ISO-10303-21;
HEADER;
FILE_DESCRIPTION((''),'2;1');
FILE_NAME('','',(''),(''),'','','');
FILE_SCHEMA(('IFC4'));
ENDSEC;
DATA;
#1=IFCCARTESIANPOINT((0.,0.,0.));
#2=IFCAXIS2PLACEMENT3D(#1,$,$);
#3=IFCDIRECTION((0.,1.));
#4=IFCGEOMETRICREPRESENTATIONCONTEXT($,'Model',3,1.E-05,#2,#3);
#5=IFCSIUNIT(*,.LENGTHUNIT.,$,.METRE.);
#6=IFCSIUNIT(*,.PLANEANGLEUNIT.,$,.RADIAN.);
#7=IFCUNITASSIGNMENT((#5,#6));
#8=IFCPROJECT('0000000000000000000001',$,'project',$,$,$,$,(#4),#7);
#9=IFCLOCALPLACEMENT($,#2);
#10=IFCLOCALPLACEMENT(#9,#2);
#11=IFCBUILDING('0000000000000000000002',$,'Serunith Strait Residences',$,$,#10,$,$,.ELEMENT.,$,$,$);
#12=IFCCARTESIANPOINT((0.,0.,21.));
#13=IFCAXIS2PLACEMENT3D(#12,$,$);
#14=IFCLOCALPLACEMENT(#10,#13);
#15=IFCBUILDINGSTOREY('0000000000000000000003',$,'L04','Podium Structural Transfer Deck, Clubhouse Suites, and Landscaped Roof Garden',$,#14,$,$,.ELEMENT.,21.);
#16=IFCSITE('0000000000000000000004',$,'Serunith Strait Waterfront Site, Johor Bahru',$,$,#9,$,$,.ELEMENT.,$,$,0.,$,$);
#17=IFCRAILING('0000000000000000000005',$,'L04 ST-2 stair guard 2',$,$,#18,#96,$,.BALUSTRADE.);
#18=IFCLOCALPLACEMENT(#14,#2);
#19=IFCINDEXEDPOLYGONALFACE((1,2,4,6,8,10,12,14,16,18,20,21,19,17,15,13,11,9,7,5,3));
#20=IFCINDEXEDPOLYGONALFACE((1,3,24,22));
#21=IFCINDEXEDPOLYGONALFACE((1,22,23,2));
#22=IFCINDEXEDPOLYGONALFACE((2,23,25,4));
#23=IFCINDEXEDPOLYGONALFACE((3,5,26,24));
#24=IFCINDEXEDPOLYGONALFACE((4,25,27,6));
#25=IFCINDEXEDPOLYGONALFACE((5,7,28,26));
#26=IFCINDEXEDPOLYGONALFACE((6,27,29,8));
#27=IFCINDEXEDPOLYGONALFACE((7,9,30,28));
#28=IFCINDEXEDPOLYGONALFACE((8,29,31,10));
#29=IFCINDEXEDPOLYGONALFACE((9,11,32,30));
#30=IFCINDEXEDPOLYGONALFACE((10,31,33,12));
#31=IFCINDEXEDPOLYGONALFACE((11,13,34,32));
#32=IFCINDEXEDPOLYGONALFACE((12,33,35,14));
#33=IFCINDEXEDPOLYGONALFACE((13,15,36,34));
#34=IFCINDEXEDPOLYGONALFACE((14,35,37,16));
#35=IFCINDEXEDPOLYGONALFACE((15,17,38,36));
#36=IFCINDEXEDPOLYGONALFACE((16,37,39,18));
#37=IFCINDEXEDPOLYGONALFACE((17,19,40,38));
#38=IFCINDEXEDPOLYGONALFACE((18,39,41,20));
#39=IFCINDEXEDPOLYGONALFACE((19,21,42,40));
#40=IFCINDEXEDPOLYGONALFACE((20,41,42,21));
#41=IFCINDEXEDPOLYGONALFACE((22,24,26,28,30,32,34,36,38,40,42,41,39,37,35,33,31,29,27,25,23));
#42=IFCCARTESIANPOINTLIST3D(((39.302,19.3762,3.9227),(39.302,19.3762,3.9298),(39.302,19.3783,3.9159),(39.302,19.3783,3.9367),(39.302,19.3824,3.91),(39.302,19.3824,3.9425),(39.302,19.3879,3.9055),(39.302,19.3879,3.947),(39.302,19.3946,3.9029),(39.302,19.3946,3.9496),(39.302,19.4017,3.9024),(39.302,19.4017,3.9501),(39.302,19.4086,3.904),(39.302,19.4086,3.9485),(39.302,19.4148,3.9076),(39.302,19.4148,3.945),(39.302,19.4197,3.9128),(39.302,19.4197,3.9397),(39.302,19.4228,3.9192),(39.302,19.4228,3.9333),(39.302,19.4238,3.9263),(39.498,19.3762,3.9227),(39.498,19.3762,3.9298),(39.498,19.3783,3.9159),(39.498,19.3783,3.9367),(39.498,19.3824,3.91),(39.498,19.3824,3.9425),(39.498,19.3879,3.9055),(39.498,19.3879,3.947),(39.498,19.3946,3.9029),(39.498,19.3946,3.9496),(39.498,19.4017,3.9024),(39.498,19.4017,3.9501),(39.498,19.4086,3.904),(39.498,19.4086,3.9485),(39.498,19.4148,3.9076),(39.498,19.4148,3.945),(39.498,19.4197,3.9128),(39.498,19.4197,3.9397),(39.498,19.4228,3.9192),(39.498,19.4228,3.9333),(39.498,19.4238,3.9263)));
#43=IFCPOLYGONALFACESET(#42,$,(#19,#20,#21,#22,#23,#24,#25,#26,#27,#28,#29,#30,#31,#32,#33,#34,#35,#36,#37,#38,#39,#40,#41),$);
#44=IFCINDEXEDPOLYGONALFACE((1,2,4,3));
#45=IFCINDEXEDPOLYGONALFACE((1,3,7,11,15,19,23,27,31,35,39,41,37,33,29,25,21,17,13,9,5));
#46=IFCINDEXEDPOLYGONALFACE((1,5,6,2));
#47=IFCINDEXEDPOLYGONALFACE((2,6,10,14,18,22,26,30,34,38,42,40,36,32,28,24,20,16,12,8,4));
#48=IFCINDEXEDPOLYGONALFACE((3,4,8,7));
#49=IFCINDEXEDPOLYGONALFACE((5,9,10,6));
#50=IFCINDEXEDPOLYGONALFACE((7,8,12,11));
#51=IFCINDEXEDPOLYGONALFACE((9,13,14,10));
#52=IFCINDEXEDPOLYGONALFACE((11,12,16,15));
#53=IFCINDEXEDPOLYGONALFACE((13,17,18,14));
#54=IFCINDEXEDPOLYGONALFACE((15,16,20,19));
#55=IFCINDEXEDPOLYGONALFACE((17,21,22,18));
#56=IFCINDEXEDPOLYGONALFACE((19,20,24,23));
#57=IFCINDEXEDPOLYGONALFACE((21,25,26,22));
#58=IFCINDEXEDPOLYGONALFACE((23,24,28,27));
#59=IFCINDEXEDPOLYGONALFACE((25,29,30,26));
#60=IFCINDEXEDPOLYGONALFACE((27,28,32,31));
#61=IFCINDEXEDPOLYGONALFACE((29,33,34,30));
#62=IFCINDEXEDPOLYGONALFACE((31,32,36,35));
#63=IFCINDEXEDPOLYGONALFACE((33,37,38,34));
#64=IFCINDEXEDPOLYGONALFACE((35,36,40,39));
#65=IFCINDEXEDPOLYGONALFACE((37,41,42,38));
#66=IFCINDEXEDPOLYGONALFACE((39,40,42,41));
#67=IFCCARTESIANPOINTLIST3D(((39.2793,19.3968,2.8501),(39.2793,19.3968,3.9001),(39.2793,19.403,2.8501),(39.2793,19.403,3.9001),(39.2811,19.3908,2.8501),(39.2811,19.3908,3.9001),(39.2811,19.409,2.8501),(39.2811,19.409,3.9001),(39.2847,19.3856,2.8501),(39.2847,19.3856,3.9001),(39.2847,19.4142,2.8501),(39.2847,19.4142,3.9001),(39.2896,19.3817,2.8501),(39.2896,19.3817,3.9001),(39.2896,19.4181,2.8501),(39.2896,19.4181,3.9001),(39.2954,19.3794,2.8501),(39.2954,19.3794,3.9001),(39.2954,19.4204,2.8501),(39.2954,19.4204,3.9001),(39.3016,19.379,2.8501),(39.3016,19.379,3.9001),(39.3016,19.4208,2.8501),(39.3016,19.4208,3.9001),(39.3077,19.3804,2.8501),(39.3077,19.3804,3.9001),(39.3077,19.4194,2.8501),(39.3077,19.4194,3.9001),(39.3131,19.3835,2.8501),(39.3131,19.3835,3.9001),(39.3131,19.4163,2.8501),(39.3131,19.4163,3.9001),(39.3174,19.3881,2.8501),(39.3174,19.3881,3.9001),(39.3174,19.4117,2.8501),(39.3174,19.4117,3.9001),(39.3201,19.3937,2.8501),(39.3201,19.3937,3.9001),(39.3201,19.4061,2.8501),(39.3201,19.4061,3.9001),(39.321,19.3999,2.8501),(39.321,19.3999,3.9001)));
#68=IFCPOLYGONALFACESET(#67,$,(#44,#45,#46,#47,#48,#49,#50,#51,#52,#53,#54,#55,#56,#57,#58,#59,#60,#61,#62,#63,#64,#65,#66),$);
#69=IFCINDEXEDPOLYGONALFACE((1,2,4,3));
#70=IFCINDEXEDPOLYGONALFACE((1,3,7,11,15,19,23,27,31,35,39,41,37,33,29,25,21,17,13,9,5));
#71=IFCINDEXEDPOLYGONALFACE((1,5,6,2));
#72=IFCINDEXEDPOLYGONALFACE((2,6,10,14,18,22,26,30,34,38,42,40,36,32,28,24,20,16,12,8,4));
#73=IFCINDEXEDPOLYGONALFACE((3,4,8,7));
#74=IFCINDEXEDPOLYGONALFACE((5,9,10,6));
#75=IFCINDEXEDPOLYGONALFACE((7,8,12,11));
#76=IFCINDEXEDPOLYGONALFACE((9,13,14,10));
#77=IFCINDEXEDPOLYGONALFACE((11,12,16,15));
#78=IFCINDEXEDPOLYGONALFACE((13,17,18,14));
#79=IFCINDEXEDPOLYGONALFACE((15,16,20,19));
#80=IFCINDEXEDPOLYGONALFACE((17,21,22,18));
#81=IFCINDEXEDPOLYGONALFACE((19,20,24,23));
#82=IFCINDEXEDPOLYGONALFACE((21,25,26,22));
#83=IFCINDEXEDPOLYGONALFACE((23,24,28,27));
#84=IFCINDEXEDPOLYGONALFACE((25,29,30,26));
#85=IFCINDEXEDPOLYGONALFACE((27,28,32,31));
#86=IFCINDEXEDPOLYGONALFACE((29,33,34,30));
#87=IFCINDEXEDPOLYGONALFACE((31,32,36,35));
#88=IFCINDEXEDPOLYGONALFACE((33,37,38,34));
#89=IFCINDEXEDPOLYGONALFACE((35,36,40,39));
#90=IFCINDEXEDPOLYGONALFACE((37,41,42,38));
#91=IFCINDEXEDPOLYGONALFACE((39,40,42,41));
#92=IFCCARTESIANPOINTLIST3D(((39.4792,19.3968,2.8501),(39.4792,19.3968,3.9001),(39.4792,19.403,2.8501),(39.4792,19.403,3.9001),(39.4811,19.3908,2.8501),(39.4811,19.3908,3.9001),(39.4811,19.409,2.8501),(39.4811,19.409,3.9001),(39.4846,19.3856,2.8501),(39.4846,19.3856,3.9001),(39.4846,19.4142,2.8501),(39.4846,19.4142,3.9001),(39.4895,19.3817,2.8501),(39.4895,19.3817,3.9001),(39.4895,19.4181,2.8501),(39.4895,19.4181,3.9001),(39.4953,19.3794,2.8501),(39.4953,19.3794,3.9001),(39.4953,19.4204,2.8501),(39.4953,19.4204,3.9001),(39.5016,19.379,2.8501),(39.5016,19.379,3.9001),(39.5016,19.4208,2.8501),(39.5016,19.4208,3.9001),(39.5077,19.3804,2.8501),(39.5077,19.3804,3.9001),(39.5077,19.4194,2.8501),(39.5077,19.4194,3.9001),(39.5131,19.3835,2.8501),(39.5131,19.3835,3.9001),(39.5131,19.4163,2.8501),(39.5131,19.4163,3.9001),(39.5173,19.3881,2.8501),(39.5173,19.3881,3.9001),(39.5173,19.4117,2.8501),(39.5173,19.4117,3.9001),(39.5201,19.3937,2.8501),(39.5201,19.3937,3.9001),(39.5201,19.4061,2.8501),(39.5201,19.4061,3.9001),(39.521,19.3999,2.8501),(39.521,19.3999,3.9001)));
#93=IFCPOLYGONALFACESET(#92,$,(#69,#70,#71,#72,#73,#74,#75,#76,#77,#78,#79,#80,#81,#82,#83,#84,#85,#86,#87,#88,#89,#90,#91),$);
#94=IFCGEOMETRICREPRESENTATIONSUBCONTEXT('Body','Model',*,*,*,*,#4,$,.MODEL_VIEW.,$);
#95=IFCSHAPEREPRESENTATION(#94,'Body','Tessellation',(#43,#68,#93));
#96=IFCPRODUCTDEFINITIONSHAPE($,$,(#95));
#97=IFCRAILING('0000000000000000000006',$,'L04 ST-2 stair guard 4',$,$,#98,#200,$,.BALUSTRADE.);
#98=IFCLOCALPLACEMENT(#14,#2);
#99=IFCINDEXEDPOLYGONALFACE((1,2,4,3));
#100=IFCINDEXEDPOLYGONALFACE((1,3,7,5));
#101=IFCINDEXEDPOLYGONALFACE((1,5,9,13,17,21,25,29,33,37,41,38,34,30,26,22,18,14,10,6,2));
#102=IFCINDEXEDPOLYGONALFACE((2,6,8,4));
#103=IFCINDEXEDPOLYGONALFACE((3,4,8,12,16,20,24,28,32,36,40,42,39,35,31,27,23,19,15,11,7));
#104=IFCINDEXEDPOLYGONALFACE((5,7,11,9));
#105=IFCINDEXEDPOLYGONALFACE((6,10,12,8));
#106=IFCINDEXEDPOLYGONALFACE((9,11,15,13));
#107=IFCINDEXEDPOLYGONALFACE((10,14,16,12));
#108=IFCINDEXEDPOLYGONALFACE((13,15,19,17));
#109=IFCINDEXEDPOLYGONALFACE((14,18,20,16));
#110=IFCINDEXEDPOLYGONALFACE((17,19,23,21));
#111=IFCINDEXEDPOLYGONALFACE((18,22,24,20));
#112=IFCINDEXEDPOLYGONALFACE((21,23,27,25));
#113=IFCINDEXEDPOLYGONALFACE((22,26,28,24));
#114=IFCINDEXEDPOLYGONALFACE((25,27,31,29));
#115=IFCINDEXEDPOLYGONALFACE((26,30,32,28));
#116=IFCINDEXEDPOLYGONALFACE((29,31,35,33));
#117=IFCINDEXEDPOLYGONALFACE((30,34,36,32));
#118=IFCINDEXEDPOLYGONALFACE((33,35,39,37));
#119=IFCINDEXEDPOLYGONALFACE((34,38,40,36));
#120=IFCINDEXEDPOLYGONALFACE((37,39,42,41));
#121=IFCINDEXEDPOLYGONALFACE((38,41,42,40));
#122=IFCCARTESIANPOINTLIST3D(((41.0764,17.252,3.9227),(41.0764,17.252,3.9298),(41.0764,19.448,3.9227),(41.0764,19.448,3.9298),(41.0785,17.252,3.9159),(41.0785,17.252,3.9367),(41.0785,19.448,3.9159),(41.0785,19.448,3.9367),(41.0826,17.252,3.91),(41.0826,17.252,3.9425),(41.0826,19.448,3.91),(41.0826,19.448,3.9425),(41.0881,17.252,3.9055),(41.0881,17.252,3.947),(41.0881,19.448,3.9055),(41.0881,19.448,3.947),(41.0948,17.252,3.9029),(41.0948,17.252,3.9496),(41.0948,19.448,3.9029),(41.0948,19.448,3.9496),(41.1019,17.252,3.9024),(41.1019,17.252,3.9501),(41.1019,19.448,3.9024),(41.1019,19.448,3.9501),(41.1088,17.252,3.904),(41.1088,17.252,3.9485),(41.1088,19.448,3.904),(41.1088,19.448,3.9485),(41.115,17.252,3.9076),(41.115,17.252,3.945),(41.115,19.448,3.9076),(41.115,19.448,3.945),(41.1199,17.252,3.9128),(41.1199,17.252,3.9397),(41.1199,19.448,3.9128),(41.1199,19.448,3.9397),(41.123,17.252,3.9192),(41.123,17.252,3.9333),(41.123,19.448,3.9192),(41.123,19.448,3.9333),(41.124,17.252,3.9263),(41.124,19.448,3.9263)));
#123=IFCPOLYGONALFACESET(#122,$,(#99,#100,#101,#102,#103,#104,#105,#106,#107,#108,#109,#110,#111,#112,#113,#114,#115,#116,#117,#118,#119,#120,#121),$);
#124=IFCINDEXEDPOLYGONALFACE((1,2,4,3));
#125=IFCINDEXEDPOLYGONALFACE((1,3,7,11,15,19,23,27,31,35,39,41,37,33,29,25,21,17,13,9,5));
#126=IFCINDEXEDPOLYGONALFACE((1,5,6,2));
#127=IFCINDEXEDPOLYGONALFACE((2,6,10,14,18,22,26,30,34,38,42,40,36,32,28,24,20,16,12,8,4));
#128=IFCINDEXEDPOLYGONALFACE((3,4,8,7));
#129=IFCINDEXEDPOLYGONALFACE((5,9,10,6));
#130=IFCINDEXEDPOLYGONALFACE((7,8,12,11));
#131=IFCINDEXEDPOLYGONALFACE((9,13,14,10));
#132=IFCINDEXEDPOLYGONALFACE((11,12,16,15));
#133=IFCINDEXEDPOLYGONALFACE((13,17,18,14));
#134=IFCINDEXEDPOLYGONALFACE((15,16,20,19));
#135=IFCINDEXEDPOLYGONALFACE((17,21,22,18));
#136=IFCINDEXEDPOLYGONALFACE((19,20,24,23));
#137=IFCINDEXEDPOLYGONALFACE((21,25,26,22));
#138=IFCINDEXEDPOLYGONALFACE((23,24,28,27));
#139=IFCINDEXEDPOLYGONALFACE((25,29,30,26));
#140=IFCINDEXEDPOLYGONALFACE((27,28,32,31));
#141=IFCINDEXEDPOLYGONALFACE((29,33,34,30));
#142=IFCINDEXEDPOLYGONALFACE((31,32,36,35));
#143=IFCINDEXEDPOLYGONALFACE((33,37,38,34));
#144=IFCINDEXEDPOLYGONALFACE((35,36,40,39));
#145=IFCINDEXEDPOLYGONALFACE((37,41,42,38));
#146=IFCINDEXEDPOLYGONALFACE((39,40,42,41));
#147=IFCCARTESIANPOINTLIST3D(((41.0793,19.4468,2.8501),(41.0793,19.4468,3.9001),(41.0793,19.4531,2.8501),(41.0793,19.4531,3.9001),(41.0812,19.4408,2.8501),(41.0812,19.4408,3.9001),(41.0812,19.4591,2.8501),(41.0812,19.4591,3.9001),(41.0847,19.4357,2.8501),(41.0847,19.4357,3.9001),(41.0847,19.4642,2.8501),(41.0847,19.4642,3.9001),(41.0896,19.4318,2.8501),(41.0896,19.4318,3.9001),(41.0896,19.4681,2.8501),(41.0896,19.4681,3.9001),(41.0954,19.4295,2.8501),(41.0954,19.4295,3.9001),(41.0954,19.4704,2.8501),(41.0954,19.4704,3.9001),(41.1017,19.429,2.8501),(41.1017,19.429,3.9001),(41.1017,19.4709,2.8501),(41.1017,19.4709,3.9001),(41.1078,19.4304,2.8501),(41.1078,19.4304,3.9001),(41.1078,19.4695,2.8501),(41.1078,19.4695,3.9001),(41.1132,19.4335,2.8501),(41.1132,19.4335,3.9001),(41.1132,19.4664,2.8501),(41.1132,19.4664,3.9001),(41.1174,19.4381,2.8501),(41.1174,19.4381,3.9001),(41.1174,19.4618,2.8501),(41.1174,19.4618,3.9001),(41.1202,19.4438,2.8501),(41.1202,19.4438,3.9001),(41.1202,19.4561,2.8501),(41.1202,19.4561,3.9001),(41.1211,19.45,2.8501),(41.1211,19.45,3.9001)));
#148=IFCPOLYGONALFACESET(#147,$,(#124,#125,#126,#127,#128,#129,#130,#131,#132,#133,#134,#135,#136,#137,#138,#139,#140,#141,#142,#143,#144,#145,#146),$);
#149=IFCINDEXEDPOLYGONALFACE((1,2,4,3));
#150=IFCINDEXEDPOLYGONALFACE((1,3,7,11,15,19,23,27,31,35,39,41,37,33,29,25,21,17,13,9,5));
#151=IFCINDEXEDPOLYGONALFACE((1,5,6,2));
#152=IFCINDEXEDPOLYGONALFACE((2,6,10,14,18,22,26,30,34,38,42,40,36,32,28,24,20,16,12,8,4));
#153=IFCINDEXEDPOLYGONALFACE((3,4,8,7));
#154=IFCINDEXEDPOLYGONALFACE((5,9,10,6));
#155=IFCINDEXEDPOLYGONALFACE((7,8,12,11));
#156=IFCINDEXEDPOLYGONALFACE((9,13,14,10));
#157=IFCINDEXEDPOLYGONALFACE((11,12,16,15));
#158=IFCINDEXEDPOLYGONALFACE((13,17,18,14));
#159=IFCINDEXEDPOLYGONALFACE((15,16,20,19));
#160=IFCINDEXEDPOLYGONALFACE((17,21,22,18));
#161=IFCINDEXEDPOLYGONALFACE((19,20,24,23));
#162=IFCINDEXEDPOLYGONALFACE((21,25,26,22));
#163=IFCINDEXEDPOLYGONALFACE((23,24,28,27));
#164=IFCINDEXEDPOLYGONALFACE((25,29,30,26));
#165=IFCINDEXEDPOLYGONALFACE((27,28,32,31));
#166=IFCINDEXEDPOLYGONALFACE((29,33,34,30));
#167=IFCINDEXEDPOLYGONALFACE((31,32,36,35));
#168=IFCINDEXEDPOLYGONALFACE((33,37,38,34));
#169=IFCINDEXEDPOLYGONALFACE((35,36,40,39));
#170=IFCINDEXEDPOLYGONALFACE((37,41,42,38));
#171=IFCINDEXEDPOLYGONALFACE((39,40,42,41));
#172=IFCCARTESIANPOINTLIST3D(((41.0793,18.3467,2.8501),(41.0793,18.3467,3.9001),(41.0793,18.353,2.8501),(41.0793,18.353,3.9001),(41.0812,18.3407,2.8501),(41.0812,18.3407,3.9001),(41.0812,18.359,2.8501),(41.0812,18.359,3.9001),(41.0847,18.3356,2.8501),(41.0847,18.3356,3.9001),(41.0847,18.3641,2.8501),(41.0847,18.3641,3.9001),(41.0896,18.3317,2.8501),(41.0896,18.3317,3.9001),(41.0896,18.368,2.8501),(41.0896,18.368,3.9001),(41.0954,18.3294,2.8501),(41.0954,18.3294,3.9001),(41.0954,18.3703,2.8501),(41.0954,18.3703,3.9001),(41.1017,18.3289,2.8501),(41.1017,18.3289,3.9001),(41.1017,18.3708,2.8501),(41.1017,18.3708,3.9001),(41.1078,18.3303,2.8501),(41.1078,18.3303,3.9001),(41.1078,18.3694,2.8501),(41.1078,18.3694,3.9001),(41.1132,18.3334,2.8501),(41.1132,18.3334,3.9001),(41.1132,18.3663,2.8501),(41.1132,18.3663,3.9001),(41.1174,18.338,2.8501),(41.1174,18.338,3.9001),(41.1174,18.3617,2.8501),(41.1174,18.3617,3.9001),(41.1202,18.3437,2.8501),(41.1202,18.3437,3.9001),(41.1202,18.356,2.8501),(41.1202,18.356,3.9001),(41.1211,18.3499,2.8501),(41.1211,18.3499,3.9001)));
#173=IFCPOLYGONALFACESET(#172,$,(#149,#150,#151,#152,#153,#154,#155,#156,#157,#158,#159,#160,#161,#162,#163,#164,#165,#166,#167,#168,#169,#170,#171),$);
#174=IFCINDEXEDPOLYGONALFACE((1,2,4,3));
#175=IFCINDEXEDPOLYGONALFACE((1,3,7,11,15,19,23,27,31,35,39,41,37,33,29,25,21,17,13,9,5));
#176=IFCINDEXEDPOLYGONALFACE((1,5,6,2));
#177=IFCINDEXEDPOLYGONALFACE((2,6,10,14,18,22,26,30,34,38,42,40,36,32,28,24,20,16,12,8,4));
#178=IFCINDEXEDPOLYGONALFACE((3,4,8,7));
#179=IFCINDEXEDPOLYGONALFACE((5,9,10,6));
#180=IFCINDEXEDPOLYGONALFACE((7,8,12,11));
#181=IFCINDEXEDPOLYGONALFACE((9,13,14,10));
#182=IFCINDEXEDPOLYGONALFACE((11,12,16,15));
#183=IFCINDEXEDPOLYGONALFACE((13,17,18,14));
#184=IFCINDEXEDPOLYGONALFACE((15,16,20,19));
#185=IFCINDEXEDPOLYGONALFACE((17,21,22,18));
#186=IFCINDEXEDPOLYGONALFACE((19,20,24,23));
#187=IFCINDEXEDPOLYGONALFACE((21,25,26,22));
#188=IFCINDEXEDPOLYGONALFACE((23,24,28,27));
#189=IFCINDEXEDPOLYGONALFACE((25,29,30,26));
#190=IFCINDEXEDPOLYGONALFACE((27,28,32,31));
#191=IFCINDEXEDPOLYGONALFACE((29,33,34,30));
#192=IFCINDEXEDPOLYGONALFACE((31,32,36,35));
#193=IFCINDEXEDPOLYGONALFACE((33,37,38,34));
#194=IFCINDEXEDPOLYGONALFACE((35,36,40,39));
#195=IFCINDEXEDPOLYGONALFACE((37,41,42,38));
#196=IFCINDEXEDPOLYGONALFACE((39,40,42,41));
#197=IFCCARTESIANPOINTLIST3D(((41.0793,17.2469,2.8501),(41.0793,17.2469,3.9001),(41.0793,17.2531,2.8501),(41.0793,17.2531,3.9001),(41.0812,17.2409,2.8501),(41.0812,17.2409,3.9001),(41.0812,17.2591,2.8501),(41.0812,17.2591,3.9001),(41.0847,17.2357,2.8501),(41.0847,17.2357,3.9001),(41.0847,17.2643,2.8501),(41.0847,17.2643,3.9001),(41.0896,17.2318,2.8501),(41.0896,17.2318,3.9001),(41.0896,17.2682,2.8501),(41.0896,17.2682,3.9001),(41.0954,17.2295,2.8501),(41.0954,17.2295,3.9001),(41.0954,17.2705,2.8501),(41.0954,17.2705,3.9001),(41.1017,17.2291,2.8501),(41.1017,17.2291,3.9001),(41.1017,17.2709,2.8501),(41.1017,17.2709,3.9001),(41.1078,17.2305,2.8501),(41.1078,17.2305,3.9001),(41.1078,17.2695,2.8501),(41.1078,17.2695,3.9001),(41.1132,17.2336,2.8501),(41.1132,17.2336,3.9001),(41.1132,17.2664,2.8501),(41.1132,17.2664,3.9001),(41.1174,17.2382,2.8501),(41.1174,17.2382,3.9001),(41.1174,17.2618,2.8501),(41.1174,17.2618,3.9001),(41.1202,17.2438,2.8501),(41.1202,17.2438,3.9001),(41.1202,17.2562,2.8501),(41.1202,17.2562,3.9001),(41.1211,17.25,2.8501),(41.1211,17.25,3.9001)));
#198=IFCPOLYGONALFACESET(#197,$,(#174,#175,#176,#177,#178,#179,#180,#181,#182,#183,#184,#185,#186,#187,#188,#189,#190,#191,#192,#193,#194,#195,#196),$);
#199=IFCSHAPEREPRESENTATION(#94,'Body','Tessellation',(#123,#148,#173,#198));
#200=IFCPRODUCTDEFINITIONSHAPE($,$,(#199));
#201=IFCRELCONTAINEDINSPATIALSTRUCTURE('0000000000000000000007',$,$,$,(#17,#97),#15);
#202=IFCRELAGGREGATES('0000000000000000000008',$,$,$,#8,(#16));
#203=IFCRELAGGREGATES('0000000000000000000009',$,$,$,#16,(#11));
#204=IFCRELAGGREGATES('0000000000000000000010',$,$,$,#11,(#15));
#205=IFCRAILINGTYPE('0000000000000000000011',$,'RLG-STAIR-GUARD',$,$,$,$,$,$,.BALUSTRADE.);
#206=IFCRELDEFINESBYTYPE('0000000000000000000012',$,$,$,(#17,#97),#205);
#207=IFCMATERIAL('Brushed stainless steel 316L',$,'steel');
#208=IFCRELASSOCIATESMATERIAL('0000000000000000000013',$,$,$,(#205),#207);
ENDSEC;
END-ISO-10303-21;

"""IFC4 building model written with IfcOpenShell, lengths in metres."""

from ifc_helpers import new_model, si_unit, direction, frame, origin, origin_2d, place, context, subcontext, project, spatial, circle, extrude, material, type_object, element, save


model = new_model("IFC4")

# Units and contexts
model_context = context("Model", 3, precision=1e-05, world=origin(), true_north=direction((0.0, 1.0)))
body_context = subcontext(model_context, "Body", "Model", "MODEL_VIEW")
ifc_project = project(units=[si_unit("LENGTHUNIT", "METRE"), si_unit("PLANEANGLEUNIT", "RADIAN")], contexts=[model_context])

# Site, building, storey
site_placement = place(None, origin())
site = spatial("IfcSite", under=ifc_project, at=site_placement, Name="Serunith Strait Waterfront Site, Johor Bahru", CompositionType="ELEMENT", RefElevation=0.0)
building_placement = place(site_placement, origin())
building = spatial("IfcBuilding", under=site, at=building_placement, Name="Serunith Strait Residences", CompositionType="ELEMENT")
storey_placement = place(building_placement, frame((0.0, 0.0, 21.0)))
storey = spatial("IfcBuildingStorey", under=building, at=storey_placement, Name="L04", Description="Podium Structural Transfer Deck, Clubhouse Suites, and Landscaped Roof Garden", CompositionType="ELEMENT", Elevation=21.0)

# Railings
ifc_material_1 = material(Name="Brushed stainless steel 316L", Category="steel")
railing_type_1 = type_object("IfcRailingType", Name="RLG-STAIR-GUARD", PredefinedType="BALUSTRADE", material=ifc_material_1)
railing_1_placement = place(storey_placement, frame((39.3, 19.3999, 2.8501)))
element("IfcRailing", 1, at=railing_1_placement, inside=storey, type_object=railing_type_1, Name="L04 ST-2 stair guard 2", PredefinedType="BALUSTRADE", context=body_context, shape_type="SweptSolid", body=[
    extrude(circle(Radius=0.0239, at=origin_2d()), frame((0.002, 0.0, 1.0762), z_axis=(1.0, 0.0, 0.0), x_axis=(0.0, 1.0, 0.0)), (0.0, 0.0, 1.0), 0.196),
    extrude(circle(Radius=0.021, at=origin_2d()), origin(), (0.0, 0.0, 1.0), 1.05),
    extrude(circle(Radius=0.021, at=origin_2d()), frame((0.2, 0.0, 0.0)), (0.0, 0.0, 1.0), 1.05),
])
railing_2_placement = place(storey_placement, frame((41.1001, 19.45, 2.8501)))
element("IfcRailing", 2, at=railing_2_placement, inside=storey, type_object=railing_type_1, Name="L04 ST-2 stair guard 4", PredefinedType="BALUSTRADE", context=body_context, shape_type="SweptSolid", body=[
    extrude(circle(Radius=0.0239, at=origin_2d()), frame((0.0, -0.002, 1.0762), z_axis=(0.0, -1.0, 0.0), x_axis=(1.0, 0.0, 0.0)), (0.0, 0.0, 1.0), 2.196),
    extrude(circle(Radius=0.021, at=origin_2d()), origin(), (0.0, 0.0, 1.0), 1.05),
    extrude(circle(Radius=0.021, at=origin_2d()), frame((0.0, -1.1001, 0.0)), (0.0, 0.0, 1.0), 1.05),
    extrude(circle(Radius=0.021, at=origin_2d()), frame((0.0, -2.2, 0.0)), (0.0, 0.0, 1.0), 1.05),
])

save(model, "model.ifc")
